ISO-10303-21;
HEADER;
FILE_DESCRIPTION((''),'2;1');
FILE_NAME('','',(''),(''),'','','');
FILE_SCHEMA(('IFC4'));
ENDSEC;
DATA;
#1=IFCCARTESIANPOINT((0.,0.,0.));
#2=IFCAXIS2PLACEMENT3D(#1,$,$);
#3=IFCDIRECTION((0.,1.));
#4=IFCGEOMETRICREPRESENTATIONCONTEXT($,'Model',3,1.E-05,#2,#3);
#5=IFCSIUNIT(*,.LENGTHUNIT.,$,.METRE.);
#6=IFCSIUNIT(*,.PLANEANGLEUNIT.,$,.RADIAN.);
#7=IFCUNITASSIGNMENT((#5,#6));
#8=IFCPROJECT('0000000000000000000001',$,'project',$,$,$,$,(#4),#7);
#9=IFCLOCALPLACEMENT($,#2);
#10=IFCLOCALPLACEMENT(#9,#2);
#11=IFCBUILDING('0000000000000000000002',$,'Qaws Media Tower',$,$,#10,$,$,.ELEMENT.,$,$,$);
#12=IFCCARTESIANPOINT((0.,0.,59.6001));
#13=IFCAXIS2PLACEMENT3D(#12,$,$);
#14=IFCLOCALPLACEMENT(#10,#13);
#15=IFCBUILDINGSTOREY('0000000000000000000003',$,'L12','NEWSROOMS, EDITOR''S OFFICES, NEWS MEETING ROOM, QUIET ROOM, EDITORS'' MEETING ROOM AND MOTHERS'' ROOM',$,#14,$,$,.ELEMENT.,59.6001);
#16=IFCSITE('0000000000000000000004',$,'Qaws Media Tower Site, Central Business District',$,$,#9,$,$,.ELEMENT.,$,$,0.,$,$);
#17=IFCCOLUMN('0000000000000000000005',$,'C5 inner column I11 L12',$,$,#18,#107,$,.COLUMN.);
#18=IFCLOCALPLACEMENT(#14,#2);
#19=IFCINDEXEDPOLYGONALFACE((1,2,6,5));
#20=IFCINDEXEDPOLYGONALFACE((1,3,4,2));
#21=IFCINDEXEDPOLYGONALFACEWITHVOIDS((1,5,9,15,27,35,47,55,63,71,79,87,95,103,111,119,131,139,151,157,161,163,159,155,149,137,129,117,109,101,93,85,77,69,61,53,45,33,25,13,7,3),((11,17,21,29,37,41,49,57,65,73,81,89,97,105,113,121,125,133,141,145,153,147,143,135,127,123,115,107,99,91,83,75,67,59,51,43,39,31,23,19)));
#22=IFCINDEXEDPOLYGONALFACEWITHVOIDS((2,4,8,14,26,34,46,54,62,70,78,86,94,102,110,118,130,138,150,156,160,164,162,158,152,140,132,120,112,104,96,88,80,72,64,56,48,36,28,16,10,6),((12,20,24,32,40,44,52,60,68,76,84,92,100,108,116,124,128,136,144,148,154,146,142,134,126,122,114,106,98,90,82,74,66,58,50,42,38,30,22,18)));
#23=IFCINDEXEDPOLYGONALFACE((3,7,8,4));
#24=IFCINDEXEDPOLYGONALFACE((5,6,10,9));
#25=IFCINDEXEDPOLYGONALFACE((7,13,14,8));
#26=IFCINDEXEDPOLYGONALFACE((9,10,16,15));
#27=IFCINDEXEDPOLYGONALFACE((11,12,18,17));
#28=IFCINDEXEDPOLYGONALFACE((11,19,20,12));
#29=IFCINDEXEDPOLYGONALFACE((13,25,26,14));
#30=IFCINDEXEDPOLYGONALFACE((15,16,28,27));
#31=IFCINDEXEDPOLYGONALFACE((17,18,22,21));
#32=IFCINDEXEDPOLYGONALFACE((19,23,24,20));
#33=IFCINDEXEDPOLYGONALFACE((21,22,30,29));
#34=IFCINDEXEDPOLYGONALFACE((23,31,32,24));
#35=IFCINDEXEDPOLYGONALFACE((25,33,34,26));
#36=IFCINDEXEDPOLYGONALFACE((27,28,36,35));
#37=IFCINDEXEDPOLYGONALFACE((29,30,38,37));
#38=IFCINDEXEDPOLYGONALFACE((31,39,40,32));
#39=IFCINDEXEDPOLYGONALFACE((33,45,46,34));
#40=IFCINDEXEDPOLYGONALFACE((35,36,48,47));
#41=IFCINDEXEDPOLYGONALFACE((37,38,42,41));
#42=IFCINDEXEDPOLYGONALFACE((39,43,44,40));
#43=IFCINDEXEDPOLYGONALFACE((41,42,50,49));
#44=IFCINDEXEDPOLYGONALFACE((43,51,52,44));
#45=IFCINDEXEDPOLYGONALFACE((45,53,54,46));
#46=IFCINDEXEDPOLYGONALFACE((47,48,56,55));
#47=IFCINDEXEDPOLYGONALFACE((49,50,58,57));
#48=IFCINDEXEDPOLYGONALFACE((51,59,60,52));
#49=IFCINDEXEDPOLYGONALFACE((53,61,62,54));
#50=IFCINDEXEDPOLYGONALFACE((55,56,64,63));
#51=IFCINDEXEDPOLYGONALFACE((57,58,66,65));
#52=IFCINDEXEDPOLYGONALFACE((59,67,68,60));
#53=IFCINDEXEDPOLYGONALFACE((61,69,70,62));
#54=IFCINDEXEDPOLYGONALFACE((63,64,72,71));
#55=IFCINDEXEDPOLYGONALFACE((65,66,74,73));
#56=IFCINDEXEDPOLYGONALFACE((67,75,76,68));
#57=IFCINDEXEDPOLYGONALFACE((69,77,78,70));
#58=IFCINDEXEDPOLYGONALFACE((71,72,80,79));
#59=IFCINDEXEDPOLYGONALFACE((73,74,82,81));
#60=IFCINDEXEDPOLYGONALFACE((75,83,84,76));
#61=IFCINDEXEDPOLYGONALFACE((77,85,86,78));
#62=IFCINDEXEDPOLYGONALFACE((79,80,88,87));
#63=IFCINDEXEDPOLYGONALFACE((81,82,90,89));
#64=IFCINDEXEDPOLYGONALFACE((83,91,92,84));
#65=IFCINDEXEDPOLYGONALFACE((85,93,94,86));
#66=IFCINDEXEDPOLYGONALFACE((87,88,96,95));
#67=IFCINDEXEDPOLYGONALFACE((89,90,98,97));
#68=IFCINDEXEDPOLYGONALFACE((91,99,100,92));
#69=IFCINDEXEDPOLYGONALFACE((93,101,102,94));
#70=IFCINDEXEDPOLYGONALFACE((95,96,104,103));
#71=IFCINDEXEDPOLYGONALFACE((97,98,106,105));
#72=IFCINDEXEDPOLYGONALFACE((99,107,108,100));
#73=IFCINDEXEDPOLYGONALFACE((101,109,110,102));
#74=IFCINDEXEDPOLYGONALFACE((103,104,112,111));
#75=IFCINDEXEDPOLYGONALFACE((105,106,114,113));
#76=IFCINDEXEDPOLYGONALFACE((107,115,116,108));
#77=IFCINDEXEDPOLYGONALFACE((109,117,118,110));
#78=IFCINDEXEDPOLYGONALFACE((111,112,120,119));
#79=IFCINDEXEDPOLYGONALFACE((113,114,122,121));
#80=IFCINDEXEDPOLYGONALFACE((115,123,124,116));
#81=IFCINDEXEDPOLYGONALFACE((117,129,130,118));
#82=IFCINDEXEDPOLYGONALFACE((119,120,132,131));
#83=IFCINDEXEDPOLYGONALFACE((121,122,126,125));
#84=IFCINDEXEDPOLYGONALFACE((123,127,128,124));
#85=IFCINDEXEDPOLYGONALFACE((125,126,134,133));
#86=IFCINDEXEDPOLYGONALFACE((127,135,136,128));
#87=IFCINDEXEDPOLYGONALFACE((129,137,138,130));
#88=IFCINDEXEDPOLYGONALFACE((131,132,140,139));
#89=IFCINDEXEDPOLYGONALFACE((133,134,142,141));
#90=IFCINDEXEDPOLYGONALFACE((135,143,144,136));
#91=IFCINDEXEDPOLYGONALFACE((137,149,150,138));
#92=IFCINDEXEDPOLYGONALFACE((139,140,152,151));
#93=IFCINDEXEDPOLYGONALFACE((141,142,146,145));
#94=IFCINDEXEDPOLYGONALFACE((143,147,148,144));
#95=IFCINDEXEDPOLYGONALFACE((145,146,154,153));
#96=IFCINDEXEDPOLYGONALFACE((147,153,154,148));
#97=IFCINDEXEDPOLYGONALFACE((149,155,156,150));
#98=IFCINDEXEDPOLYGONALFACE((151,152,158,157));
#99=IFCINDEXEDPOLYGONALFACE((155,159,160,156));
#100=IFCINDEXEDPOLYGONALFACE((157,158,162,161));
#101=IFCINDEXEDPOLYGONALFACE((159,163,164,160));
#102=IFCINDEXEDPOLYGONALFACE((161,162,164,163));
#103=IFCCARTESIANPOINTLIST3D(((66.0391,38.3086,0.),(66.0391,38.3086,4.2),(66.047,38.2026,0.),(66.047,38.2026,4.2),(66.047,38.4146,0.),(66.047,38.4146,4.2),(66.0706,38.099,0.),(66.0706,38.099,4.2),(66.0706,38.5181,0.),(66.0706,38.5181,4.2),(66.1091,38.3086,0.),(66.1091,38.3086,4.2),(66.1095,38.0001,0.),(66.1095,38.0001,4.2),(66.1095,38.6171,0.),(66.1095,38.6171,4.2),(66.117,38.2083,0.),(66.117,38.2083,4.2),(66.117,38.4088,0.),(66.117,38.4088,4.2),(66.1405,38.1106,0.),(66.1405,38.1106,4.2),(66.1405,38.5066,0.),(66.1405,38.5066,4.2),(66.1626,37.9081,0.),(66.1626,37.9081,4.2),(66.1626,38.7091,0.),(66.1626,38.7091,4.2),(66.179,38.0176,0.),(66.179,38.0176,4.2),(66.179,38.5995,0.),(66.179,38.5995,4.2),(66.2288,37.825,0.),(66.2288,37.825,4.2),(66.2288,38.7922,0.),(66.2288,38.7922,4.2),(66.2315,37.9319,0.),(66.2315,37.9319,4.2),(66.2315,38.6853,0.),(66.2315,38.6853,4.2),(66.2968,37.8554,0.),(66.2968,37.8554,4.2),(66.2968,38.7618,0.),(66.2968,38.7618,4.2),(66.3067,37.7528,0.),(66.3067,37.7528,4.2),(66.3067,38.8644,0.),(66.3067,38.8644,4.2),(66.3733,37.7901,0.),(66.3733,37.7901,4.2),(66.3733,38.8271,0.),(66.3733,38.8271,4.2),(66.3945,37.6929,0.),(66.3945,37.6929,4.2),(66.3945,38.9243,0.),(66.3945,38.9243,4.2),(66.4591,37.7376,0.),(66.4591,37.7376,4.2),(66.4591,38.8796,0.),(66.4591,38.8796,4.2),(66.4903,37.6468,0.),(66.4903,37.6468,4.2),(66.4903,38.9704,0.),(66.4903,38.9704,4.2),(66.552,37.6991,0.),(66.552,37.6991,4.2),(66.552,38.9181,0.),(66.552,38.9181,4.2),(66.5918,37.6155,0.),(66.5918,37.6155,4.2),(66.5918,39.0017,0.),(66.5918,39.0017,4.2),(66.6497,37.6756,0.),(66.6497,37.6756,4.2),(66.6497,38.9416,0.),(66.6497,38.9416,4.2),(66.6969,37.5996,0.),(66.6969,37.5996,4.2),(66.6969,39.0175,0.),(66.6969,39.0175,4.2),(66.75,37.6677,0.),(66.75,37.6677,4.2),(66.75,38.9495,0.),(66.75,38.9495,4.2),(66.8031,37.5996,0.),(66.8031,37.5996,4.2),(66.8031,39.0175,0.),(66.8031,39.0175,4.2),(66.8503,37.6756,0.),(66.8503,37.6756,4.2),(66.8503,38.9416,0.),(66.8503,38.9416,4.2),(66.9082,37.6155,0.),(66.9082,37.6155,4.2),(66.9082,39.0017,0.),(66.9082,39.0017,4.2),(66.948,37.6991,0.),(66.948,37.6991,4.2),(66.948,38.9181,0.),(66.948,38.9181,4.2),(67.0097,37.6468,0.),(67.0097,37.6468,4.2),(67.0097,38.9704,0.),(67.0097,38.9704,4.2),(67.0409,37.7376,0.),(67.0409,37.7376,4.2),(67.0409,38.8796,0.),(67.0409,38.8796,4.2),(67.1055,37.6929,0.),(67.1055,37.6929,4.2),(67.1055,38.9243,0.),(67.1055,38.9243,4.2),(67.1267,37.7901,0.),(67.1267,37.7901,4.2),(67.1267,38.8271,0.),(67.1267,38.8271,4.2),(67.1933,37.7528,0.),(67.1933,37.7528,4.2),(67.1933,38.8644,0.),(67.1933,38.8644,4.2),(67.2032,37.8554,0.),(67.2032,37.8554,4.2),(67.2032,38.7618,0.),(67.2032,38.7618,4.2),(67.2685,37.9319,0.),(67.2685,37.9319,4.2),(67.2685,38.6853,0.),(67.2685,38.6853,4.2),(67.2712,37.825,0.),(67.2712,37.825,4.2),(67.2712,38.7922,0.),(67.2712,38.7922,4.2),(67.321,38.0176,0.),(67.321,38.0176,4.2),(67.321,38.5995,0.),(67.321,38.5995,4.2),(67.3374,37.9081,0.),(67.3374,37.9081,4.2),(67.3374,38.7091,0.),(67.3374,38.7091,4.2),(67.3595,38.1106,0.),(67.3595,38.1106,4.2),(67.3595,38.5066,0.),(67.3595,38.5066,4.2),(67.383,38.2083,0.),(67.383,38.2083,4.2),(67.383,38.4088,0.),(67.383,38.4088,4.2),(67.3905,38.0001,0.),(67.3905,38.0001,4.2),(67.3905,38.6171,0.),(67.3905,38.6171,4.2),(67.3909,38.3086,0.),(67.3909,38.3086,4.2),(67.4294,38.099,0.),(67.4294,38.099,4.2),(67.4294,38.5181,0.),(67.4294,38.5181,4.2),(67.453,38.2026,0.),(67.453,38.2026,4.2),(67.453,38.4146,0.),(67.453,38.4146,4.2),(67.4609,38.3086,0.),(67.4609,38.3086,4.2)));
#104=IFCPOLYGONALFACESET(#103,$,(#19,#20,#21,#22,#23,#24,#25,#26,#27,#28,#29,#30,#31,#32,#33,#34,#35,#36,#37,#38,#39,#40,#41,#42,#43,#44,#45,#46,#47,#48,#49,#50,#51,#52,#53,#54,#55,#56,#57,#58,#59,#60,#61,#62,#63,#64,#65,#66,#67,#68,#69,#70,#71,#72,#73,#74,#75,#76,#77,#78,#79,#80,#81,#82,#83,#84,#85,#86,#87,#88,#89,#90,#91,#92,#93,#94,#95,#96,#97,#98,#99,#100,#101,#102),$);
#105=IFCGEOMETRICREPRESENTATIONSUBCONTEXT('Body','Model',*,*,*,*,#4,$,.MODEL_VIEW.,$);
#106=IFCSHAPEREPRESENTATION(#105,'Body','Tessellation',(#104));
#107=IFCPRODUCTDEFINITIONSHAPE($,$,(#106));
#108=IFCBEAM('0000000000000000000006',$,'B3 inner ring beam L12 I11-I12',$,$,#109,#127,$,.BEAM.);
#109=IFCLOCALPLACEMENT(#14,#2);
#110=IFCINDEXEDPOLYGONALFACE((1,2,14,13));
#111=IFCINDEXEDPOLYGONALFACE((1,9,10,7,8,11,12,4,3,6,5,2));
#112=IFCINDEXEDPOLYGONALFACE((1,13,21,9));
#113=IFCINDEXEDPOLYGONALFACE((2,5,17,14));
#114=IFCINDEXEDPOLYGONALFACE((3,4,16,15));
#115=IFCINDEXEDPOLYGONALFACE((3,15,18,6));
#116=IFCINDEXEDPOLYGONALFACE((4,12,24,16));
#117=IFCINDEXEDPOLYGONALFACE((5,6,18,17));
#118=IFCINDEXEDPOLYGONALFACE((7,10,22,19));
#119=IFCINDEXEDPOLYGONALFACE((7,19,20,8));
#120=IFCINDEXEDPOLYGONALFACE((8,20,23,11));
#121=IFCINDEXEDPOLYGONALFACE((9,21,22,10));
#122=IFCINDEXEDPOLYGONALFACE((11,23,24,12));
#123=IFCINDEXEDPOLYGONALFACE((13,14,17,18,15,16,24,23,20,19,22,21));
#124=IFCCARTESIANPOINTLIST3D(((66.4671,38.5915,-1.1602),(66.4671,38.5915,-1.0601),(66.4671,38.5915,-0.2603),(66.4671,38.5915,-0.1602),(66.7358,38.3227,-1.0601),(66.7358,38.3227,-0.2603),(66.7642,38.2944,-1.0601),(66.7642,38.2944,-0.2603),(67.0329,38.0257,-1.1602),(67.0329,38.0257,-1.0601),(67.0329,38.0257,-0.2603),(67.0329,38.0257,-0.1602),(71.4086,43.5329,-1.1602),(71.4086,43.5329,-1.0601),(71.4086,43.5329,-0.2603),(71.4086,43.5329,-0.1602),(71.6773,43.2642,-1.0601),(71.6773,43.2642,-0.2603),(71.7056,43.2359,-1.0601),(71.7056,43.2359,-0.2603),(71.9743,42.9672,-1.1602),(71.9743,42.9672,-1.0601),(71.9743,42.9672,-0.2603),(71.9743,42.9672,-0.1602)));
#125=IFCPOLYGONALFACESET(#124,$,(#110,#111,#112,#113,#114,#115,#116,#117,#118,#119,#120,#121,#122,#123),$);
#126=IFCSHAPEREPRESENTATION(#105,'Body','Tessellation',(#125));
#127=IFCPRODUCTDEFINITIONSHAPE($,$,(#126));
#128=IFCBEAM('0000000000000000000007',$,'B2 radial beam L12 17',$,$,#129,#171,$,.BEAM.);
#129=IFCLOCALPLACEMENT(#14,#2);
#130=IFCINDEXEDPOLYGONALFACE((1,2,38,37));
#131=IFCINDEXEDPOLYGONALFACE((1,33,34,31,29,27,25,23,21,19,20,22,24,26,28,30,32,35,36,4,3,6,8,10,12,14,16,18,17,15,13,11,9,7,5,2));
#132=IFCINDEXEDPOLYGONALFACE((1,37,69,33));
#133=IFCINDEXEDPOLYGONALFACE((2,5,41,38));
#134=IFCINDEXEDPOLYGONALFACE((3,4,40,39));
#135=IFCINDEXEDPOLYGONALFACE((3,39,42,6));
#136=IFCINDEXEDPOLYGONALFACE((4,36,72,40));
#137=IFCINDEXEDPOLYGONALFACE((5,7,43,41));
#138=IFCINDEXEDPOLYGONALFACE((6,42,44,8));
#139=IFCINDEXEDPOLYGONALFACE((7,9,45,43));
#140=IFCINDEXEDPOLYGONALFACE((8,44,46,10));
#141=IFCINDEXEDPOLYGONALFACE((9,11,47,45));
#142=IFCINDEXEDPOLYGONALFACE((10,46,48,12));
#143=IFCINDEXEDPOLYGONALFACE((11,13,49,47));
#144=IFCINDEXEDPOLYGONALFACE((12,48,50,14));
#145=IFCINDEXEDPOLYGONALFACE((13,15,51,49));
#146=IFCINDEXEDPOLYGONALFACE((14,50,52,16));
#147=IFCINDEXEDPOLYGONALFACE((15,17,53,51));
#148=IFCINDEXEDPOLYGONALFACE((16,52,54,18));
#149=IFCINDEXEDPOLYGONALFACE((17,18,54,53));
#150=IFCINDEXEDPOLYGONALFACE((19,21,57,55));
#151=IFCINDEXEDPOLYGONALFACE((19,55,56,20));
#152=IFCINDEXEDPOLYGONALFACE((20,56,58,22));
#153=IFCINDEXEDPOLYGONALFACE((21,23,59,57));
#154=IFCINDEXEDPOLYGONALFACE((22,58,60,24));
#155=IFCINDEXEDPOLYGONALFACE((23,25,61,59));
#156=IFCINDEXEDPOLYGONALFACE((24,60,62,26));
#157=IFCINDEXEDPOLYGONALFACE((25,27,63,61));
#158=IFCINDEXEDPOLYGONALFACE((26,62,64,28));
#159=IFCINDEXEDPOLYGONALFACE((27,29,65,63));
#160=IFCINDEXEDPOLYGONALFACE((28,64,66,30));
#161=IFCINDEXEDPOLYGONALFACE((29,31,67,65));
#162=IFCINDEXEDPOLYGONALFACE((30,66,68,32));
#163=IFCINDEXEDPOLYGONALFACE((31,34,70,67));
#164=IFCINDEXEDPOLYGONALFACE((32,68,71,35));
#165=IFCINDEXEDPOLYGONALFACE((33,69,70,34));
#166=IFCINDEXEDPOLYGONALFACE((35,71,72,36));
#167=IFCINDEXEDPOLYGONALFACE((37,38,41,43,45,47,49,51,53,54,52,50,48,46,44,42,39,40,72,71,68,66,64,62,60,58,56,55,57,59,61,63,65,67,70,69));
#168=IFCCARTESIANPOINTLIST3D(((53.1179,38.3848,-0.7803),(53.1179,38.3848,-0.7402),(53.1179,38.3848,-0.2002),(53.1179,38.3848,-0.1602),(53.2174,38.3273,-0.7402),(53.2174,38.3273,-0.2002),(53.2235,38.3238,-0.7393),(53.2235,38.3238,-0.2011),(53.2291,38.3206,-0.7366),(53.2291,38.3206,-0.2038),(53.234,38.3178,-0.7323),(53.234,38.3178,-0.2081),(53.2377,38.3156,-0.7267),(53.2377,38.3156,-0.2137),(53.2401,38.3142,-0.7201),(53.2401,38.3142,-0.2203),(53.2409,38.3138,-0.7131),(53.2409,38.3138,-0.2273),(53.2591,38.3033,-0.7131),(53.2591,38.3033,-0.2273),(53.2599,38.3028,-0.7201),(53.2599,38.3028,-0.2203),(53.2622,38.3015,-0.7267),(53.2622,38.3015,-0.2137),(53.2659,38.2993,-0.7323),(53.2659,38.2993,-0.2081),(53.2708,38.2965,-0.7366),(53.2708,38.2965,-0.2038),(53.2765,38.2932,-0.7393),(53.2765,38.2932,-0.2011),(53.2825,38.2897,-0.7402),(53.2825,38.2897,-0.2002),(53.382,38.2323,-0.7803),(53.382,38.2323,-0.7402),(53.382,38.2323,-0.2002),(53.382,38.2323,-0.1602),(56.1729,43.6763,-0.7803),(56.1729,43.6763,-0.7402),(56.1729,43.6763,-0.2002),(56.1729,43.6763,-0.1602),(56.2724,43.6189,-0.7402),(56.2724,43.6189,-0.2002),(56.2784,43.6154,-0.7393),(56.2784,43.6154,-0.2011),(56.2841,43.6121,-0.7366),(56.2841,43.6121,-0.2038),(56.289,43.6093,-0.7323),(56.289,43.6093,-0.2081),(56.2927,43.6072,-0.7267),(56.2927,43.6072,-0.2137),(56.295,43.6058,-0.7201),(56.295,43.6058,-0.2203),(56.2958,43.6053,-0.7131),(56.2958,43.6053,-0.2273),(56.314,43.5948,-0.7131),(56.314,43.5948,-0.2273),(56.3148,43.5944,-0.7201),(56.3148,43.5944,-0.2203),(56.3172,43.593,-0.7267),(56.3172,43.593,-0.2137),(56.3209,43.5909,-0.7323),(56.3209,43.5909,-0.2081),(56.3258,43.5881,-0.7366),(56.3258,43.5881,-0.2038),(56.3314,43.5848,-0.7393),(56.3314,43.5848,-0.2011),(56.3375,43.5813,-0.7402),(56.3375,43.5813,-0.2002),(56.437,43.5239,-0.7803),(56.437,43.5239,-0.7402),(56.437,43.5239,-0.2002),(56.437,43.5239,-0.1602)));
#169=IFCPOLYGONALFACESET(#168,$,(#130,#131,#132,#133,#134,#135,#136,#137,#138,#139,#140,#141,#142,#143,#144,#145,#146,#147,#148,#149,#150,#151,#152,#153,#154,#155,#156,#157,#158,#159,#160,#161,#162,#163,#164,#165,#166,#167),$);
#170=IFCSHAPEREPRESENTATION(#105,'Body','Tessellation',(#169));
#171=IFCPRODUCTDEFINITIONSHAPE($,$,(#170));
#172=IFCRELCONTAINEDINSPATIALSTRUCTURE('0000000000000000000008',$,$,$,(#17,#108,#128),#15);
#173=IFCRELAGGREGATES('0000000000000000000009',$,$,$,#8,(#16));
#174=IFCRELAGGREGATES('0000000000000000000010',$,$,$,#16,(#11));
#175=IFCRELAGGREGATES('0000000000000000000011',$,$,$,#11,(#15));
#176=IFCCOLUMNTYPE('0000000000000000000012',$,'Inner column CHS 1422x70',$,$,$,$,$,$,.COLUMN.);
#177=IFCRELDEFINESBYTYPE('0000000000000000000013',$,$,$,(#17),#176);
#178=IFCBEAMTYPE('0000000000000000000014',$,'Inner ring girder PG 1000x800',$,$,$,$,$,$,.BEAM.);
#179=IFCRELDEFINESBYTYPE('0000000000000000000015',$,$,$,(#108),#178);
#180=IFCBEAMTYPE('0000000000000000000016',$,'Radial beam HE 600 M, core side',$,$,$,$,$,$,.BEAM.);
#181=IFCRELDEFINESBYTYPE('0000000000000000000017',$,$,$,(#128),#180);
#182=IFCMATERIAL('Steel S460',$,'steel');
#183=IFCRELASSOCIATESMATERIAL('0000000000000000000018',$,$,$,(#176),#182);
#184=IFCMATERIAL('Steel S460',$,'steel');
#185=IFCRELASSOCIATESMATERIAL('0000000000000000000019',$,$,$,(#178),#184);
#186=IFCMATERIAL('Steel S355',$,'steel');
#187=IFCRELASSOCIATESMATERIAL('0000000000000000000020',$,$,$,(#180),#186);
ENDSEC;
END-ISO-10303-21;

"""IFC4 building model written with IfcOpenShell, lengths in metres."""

from ifc_helpers import new_model, si_unit, direction, frame, origin, origin_2d, place, context, subcontext, project, spatial, hollow_circle, i_section, extrude, material, material_profile, profile_set, type_object, element, save


model = new_model("IFC4")

# Units and contexts
model_context = context("Model", 3, precision=1e-05, world=origin(), true_north=direction((0.0, 1.0)))
body_context = subcontext(model_context, "Body", "Model", "MODEL_VIEW")
ifc_project = project(units=[si_unit("LENGTHUNIT", "METRE"), si_unit("PLANEANGLEUNIT", "RADIAN")], contexts=[model_context])

# Site, building, storey
site_placement = place(None, origin())
site = spatial("IfcSite", under=ifc_project, at=site_placement, Name="Qaws Media Tower Site, Central Business District", CompositionType="ELEMENT", RefElevation=0.0)
building_placement = place(site_placement, origin())
building = spatial("IfcBuilding", under=site, at=building_placement, Name="Qaws Media Tower", CompositionType="ELEMENT")
storey_placement = place(building_placement, frame((0.0, 0.0, 59.6001)))
storey = spatial("IfcBuildingStorey", under=building, at=storey_placement, Name="L12", Description="NEWSROOMS, EDITOR'S OFFICES, NEWS MEETING ROOM, QUIET ROOM, EDITORS' MEETING ROOM AND MOTHERS' ROOM", CompositionType="ELEMENT", Elevation=59.6001)

# Column
ifc_material_1 = material(Name="Steel S460", Category="steel")
ifc_material_profile_1 = material_profile(ifc_material_1, hollow_circle(Radius=0.7109, WallThickness=0.0701, at=origin_2d()), Name="CHS 1422x70")
ifc_profile_set_1 = profile_set([ifc_material_profile_1], Name="Steel S460")
column_type = type_object("IfcColumnType", Name="Inner column CHS 1422x70", PredefinedType="COLUMN", material=ifc_profile_set_1)
column_placement = place(storey_placement, frame((66.75, 38.3086, 0.0), z_axis=(0.0, 0.0, 1.0), x_axis=(1.0, 0.0, 0.0)))
element("IfcColumn", 1, at=column_placement, inside=storey, type_object=column_type, Name="C5 inner column I11 L12", PredefinedType="COLUMN", context=body_context, shape_type="SweptSolid", body=[
    extrude(hollow_circle(Radius=0.7109, WallThickness=0.0701, at=origin_2d()), origin(), (0.0, 0.0, 1.0), 4.2),
])

# Beams
ifc_material_2 = material(Name="Steel S460", Category="steel")
ifc_material_profile_2 = material_profile(ifc_material_2, i_section(OverallWidth=0.8, OverallDepth=1.0, WebThickness=0.04, FlangeThickness=0.1001, at=origin_2d()), Name="PG 1000x800")
ifc_profile_set_2 = profile_set([ifc_material_profile_2], Name="Steel S460")
beam_type_1 = type_object("IfcBeamType", Name="Inner ring girder PG 1000x800", PredefinedType="BEAM", material=ifc_profile_set_2)
beam_1_placement = place(storey_placement, frame((66.75, 38.3086, -0.6602), z_axis=(0.707107, 0.707107, 0.0), x_axis=(-0.707107, 0.707107, 0.0)))
element("IfcBeam", 2, at=beam_1_placement, inside=storey, type_object=beam_type_1, Name="B3 inner ring beam L12 I11-I12", PredefinedType="BEAM", context=body_context, shape_type="SweptSolid", body=[
    extrude(i_section(OverallWidth=0.8, OverallDepth=1.0, WebThickness=0.04, FlangeThickness=0.1001, at=origin_2d()), origin(), (0.0, 0.0, 1.0), 6.9883),
])
ifc_material_3 = material(Name="Steel S355", Category="steel")
ifc_material_profile_3 = material_profile(ifc_material_3, i_section(OverallWidth=0.3049, OverallDepth=0.6201, WebThickness=0.021, FlangeThickness=0.04, FilletRadius=0.0271, at=origin_2d()), Name="HE 600 M")
ifc_profile_set_3 = profile_set([ifc_material_profile_3], Name="Steel S355")
beam_type_2 = type_object("IfcBeamType", Name="Radial beam HE 600 M, core side", PredefinedType="BEAM", material=ifc_profile_set_3)
beam_2_placement = place(storey_placement, frame((56.3049, 43.6001, -0.4702), z_axis=(-0.499985, -0.866034, 0.0), x_axis=(0.866034, -0.499985, 0.0)))
element("IfcBeam", 3, at=beam_2_placement, inside=storey, type_object=beam_type_2, Name="B2 radial beam L12 17", PredefinedType="BEAM", context=body_context, shape_type="SweptSolid", body=[
    extrude(i_section(OverallWidth=0.3049, OverallDepth=0.6201, WebThickness=0.021, FlangeThickness=0.04, FilletRadius=0.0271, at=origin_2d()), origin(), (0.0, 0.0, 1.0), 6.1101),
])

save(model, "model.ifc")
